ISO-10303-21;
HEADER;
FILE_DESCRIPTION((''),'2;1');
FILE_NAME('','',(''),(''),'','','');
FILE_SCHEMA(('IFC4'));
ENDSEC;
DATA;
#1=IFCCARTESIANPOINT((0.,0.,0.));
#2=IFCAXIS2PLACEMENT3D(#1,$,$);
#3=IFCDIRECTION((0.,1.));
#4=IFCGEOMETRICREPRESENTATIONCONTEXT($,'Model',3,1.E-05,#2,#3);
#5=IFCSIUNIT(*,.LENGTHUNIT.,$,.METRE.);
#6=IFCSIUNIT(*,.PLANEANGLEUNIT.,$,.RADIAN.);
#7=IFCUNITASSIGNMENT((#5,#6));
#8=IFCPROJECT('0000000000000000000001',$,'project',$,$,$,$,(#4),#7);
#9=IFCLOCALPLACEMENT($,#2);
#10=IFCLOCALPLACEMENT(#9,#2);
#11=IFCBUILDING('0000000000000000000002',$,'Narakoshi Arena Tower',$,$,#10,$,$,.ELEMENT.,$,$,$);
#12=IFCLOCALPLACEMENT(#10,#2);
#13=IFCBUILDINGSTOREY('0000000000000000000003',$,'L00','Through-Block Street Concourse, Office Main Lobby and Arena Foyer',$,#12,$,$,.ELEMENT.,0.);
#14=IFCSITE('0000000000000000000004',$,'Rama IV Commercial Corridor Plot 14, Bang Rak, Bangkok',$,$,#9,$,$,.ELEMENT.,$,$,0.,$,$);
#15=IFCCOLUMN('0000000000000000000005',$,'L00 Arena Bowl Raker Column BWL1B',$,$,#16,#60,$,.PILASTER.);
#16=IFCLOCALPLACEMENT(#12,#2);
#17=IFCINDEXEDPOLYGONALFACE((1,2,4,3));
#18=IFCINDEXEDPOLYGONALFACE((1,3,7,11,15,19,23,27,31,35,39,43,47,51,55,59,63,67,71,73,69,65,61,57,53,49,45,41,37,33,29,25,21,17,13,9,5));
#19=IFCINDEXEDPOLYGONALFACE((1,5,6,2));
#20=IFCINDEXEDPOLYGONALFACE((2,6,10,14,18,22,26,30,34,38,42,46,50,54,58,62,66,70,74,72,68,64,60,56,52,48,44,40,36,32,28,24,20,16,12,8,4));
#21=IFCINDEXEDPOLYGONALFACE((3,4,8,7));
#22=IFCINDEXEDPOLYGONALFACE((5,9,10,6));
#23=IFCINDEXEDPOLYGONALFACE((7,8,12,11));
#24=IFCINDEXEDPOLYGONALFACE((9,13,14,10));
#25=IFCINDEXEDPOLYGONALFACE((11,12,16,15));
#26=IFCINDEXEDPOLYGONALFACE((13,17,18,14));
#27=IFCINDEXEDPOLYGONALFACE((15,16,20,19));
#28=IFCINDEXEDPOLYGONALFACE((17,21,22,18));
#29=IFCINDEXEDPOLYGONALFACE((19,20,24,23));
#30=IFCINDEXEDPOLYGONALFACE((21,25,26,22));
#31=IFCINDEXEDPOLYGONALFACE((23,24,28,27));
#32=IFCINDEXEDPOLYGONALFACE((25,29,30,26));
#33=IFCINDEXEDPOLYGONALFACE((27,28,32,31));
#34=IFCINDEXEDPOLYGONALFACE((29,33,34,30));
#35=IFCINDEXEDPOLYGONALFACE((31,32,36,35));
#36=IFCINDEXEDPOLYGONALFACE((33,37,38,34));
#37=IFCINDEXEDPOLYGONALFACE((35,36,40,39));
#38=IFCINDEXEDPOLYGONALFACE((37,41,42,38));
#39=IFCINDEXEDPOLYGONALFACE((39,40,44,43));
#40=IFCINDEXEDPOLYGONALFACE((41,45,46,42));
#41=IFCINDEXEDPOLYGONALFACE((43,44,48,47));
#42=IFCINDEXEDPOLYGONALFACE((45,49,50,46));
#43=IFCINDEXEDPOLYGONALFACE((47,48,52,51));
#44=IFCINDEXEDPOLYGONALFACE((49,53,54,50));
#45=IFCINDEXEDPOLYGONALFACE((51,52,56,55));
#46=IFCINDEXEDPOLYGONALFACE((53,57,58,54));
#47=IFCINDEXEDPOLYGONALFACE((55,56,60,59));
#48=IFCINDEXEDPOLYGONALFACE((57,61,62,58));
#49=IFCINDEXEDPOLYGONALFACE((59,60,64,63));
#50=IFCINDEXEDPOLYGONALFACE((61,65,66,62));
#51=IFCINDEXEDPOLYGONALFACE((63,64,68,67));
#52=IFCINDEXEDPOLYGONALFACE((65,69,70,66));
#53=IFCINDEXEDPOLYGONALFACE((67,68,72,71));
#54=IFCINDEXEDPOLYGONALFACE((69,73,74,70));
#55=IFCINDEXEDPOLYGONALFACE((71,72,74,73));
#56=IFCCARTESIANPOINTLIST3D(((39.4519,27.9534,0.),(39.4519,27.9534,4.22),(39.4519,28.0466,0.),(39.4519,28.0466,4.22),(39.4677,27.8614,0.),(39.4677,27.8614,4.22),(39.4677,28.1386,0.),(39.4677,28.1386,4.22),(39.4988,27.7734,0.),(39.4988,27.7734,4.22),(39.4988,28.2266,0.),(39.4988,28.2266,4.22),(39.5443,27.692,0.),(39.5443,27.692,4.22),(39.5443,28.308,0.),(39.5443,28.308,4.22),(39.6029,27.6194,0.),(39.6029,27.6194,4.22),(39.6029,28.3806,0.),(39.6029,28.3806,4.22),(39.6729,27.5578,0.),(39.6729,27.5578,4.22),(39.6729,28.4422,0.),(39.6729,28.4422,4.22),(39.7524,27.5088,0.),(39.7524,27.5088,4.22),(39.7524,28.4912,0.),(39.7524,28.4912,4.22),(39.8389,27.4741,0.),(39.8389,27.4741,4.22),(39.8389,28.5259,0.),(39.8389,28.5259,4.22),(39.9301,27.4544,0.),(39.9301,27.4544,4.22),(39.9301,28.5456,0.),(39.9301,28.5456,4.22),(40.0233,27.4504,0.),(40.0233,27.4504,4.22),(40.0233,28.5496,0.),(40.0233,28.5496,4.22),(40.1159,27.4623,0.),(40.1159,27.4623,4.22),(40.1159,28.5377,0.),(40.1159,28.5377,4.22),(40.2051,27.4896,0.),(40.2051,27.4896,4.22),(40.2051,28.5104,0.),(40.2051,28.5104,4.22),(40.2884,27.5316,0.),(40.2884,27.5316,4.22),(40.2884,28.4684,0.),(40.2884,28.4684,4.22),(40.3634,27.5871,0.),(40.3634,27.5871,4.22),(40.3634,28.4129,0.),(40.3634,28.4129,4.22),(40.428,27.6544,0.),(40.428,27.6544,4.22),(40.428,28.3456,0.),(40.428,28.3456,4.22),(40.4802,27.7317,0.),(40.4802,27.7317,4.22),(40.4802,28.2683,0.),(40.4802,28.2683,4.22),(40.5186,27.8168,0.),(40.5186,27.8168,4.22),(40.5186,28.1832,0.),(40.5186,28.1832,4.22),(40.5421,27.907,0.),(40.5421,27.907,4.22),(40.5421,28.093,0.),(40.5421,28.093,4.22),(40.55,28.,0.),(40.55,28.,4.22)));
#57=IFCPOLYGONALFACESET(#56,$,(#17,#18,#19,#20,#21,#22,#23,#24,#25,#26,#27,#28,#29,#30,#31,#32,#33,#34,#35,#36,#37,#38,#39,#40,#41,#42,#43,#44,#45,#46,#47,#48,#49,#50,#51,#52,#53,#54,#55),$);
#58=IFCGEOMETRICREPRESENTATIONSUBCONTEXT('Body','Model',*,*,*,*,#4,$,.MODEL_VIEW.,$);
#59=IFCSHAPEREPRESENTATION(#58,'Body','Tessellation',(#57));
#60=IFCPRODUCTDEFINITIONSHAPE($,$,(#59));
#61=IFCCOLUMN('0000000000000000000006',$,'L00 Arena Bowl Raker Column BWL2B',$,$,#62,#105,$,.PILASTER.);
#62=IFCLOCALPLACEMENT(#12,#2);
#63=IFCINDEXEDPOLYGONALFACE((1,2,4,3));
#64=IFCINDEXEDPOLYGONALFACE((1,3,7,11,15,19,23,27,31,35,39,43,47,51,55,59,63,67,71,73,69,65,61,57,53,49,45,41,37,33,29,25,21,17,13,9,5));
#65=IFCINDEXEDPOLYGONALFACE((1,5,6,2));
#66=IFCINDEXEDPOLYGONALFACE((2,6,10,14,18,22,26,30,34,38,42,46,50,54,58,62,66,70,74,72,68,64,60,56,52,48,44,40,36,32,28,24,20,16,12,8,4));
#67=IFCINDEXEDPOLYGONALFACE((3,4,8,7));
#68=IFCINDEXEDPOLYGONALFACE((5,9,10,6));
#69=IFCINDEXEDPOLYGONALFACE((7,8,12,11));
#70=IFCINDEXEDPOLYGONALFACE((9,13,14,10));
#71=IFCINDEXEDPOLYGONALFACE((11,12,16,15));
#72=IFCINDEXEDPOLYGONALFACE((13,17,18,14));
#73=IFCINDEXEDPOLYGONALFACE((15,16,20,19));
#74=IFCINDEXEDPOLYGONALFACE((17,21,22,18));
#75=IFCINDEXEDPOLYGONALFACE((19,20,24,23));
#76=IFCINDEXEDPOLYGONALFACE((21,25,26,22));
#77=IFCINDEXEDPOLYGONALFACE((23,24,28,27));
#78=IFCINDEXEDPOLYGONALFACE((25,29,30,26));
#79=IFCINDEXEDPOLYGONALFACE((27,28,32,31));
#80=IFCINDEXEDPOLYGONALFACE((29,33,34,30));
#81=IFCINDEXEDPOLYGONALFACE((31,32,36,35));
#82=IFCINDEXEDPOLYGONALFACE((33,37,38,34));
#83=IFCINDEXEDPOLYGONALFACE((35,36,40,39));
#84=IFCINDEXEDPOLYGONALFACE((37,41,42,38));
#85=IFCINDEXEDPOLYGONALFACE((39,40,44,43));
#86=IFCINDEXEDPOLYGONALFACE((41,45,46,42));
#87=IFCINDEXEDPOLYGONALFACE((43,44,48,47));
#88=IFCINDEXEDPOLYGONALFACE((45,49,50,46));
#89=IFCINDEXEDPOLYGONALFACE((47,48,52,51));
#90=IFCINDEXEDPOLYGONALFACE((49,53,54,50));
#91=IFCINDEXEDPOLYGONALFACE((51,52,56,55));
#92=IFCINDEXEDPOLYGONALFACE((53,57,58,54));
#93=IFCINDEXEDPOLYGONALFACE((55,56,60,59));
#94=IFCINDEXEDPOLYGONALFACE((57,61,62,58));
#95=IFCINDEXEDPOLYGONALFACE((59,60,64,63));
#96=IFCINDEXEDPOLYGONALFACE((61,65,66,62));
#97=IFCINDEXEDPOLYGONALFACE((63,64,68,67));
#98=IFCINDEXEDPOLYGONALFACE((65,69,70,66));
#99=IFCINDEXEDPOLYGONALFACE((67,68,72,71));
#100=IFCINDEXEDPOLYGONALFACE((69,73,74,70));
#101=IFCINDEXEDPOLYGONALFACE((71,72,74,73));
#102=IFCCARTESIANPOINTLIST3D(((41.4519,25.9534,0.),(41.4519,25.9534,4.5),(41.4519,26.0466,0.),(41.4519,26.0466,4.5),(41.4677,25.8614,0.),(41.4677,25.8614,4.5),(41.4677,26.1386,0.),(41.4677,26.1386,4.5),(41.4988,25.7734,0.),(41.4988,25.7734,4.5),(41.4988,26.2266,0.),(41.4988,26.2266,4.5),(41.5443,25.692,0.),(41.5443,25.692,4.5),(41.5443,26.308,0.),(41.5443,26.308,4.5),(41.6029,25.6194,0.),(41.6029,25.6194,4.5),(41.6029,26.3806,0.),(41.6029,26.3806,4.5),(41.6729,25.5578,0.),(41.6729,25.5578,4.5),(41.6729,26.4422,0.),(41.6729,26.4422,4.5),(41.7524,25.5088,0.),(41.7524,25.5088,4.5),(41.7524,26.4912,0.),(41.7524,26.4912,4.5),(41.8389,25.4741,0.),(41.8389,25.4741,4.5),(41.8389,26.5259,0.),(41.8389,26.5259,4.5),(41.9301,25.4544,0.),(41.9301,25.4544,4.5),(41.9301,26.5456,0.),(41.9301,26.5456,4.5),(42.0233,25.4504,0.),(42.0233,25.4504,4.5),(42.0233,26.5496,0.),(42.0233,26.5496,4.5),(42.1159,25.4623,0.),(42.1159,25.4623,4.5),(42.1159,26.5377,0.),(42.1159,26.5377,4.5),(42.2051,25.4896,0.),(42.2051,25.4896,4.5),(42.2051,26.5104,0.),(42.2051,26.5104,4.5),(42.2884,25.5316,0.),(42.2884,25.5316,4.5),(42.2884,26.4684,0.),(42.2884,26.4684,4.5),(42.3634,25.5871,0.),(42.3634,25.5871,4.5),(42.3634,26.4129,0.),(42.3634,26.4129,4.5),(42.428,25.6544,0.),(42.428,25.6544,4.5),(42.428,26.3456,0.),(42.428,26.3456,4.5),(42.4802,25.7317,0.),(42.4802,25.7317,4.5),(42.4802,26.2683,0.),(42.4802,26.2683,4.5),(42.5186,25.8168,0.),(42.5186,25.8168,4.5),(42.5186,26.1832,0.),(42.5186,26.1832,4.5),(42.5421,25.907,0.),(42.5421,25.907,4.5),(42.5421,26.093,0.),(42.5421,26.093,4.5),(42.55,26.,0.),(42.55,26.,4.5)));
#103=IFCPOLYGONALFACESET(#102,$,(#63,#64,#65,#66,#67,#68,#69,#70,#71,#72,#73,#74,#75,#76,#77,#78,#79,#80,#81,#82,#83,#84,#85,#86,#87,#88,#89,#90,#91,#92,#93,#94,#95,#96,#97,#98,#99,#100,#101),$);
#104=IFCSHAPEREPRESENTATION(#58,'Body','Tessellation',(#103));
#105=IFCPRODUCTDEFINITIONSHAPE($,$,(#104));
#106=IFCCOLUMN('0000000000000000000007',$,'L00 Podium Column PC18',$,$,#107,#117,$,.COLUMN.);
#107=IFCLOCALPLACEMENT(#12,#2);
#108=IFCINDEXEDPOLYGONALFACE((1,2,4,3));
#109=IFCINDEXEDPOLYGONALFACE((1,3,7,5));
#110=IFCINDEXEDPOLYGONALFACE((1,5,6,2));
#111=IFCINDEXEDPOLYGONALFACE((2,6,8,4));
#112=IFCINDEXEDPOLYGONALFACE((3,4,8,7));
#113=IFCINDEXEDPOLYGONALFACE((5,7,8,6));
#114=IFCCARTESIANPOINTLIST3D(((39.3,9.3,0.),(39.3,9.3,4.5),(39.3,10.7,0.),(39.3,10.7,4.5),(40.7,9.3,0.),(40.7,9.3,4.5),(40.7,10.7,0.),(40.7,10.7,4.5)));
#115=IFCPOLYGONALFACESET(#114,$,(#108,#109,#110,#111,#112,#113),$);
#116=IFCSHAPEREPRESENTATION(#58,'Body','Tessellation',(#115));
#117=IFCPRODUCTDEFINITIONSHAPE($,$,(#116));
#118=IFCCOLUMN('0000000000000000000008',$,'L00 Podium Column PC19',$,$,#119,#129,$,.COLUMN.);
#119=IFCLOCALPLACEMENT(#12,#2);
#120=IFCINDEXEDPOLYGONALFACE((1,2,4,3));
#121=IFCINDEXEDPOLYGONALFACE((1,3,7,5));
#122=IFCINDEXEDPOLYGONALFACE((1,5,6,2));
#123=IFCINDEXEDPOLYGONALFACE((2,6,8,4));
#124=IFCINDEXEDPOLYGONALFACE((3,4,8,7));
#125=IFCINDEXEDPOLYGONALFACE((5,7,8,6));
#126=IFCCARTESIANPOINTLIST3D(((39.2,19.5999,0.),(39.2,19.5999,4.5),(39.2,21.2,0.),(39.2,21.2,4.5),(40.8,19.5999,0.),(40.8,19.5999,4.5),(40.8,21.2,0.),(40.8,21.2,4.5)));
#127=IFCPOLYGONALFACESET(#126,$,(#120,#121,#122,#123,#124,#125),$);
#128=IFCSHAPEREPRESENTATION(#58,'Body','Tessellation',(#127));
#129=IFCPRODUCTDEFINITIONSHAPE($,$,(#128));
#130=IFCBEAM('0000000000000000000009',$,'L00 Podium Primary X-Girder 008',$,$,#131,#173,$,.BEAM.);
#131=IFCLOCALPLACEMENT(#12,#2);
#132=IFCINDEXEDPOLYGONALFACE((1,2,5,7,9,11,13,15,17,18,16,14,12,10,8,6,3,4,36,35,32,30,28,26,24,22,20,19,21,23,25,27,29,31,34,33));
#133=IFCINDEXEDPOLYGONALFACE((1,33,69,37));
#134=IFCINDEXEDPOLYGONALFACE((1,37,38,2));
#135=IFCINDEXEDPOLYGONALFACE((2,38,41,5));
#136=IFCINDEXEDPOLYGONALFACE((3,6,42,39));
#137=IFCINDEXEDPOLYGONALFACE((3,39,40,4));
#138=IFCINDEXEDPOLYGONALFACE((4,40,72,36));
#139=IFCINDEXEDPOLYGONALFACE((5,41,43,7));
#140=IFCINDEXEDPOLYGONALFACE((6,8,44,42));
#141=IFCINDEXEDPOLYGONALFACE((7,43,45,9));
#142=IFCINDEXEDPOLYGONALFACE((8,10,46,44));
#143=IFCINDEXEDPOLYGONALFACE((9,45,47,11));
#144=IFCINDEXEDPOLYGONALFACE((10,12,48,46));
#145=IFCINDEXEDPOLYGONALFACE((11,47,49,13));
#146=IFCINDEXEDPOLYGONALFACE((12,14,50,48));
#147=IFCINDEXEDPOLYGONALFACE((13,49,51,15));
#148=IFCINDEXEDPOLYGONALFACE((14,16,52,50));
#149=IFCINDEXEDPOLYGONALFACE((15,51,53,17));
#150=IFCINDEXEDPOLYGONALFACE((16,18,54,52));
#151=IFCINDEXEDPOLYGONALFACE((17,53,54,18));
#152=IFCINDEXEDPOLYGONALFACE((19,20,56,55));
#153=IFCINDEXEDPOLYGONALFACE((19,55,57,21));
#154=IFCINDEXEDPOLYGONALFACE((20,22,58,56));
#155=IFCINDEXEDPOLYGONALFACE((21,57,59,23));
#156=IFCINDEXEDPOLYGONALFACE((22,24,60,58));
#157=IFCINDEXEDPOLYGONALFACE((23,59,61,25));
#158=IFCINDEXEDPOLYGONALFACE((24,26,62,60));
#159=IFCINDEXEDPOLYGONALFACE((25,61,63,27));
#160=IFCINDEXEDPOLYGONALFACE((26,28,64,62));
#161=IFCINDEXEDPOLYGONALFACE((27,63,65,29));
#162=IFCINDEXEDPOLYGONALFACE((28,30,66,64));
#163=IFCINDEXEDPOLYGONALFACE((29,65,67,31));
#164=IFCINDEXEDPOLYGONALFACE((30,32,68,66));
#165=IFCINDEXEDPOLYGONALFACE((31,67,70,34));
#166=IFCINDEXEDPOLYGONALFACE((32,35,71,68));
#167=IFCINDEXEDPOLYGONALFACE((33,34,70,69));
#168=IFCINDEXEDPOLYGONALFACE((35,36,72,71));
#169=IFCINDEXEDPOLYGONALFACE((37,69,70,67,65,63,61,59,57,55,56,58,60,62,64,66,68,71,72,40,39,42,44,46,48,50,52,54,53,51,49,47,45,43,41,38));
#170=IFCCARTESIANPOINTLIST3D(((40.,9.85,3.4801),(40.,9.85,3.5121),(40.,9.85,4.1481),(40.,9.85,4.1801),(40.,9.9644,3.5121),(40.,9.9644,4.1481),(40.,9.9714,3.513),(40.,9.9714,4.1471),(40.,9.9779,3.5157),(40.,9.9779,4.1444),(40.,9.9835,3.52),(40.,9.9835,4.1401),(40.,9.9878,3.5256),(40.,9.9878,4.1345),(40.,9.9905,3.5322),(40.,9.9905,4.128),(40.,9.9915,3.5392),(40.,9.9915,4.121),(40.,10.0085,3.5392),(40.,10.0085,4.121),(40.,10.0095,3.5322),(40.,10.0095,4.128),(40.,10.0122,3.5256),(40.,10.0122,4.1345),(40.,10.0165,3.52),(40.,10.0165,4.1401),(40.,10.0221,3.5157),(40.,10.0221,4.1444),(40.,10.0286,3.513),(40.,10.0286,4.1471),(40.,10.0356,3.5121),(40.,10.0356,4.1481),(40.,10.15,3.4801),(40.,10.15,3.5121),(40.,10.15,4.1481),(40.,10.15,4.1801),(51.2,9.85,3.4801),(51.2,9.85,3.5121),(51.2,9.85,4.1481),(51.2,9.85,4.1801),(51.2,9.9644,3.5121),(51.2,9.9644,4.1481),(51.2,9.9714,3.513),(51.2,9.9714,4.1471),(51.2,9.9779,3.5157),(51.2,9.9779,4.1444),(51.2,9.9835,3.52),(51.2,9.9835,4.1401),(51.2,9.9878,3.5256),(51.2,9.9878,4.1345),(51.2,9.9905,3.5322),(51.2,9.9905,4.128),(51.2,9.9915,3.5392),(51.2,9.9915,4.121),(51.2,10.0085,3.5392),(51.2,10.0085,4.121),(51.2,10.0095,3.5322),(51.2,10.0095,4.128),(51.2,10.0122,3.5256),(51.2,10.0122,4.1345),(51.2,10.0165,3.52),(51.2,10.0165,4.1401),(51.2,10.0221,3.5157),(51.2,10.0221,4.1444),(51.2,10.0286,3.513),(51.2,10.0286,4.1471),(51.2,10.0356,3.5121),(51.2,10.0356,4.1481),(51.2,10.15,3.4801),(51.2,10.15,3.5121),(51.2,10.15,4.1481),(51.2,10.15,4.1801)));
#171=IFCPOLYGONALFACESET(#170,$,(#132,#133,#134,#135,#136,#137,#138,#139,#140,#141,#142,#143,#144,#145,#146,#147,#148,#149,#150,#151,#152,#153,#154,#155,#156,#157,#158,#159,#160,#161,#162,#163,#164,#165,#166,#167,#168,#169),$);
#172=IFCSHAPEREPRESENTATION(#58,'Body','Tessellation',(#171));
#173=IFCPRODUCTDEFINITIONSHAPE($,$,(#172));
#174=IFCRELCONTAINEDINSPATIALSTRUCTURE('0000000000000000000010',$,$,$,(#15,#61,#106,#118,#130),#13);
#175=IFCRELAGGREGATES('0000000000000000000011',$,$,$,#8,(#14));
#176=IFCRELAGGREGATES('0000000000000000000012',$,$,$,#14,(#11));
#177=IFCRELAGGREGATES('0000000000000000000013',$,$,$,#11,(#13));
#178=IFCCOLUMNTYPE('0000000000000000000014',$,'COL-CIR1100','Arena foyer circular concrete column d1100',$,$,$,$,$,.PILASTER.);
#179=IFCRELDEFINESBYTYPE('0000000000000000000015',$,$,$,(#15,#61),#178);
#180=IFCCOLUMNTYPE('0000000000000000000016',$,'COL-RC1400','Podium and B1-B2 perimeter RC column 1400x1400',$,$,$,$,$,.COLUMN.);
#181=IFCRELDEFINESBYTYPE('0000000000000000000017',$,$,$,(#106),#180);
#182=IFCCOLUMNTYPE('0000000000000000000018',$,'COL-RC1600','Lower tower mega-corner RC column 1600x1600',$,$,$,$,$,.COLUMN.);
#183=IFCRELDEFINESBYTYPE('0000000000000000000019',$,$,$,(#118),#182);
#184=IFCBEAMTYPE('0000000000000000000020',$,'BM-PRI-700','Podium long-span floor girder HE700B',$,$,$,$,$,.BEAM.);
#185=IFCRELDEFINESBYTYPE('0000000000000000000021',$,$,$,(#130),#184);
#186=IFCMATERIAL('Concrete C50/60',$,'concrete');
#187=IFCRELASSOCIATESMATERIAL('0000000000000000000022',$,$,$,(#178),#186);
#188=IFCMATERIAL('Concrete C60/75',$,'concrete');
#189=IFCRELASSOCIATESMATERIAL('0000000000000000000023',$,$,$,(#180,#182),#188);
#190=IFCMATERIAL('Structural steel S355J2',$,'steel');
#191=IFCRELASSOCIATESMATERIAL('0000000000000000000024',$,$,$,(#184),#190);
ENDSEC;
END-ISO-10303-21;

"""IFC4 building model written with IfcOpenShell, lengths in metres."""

from ifc_helpers import new_model, si_unit, direction, frame, origin, origin_2d, place, context, subcontext, project, spatial, rectangle, circle, i_section, extrude, material, material_profile, profile_set, type_object, element, save


model = new_model("IFC4")

# Units and contexts
model_context = context("Model", 3, precision=1e-05, world=origin(), true_north=direction((0.0, 1.0)))
body_context = subcontext(model_context, "Body", "Model", "MODEL_VIEW")
ifc_project = project(units=[si_unit("LENGTHUNIT", "METRE"), si_unit("PLANEANGLEUNIT", "RADIAN")], contexts=[model_context])

# Site, building, storey
site_placement = place(None, origin())
site = spatial("IfcSite", under=ifc_project, at=site_placement, Name="Rama IV Commercial Corridor Plot 14, Bang Rak, Bangkok", CompositionType="ELEMENT", RefElevation=0.0)
building_placement = place(site_placement, origin())
building = spatial("IfcBuilding", under=site, at=building_placement, Name="Narakoshi Arena Tower", CompositionType="ELEMENT")
storey_placement = place(building_placement, origin())
storey = spatial("IfcBuildingStorey", under=building, at=storey_placement, Name="L00", Description="Through-Block Street Concourse, Office Main Lobby and Arena Foyer", CompositionType="ELEMENT", Elevation=0.0)

# Columns
ifc_material_1 = material(Name="Concrete C50/60", Category="concrete")
ifc_material_profile_1 = material_profile(ifc_material_1, circle(Radius=0.55, at=origin_2d()), Name="RCC1100")
ifc_profile_set_1 = profile_set([ifc_material_profile_1], Name="Concrete C50/60")
column_type_1 = type_object("IfcColumnType", Name="COL-CIR1100", Description="Arena foyer circular concrete column d1100", PredefinedType="PILASTER", material=ifc_profile_set_1)
column_1_placement = place(storey_placement, frame((40.0, 28.0, 0.0), z_axis=(0.0, 0.0, 1.0), x_axis=(1.0, 0.0, 0.0)))
element("IfcColumn", 1, at=column_1_placement, inside=storey, type_object=column_type_1, Name="L00 Arena Bowl Raker Column BWL1B", PredefinedType="PILASTER", context=body_context, shape_type="SweptSolid", body=[
    extrude(circle(Radius=0.55, at=origin_2d()), origin(), (0.0, 0.0, 1.0), 4.22),
])
column_2_placement = place(storey_placement, frame((42.0, 26.0, 0.0), z_axis=(0.0, 0.0, 1.0), x_axis=(1.0, 0.0, 0.0)))
element("IfcColumn", 2, at=column_2_placement, inside=storey, type_object=column_type_1, Name="L00 Arena Bowl Raker Column BWL2B", PredefinedType="PILASTER", context=body_context, shape_type="SweptSolid", body=[
    extrude(circle(Radius=0.55, at=origin_2d()), origin(), (0.0, 0.0, 1.0), 4.5),
])
ifc_material_2 = material(Name="Concrete C60/75", Category="concrete")
ifc_material_profile_2 = material_profile(ifc_material_2, rectangle(XDim=1.3999, YDim=1.3999, at=origin_2d()), Name="RC1400x1400")
ifc_profile_set_2 = profile_set([ifc_material_profile_2], Name="Concrete C60/75")
column_type_2 = type_object("IfcColumnType", Name="COL-RC1400", Description="Podium and B1-B2 perimeter RC column 1400x1400", PredefinedType="COLUMN", material=ifc_profile_set_2)
column_3_placement = place(storey_placement, frame((40.0, 10.0, 0.0), z_axis=(0.0, 0.0, 1.0), x_axis=(1.0, 0.0, 0.0)))
element("IfcColumn", 3, at=column_3_placement, inside=storey, type_object=column_type_2, Name="L00 Podium Column PC18", PredefinedType="COLUMN", context=body_context, shape_type="SweptSolid", body=[
    extrude(rectangle(XDim=1.3999, YDim=1.3999, at=origin_2d()), origin(), (0.0, 0.0, 1.0), 4.5),
])
ifc_material_profile_3 = material_profile(ifc_material_2, rectangle(XDim=1.6001, YDim=1.6001, at=origin_2d()), Name="RC1600x1600")
ifc_profile_set_3 = profile_set([ifc_material_profile_3], Name="Concrete C60/75")
column_type_3 = type_object("IfcColumnType", Name="COL-RC1600", Description="Lower tower mega-corner RC column 1600x1600", PredefinedType="COLUMN", material=ifc_profile_set_3)
column_4_placement = place(storey_placement, frame((40.0, 20.3999, 0.0), z_axis=(0.0, 0.0, 1.0), x_axis=(1.0, 0.0, 0.0)))
element("IfcColumn", 4, at=column_4_placement, inside=storey, type_object=column_type_3, Name="L00 Podium Column PC19", PredefinedType="COLUMN", context=body_context, shape_type="SweptSolid", body=[
    extrude(rectangle(XDim=1.6001, YDim=1.6001, at=origin_2d()), origin(), (0.0, 0.0, 1.0), 4.5),
])

# Beam
ifc_material_3 = material(Name="Structural steel S355J2", Category="steel")
ifc_material_profile_4 = material_profile(ifc_material_3, i_section(OverallWidth=0.3, OverallDepth=0.7, WebThickness=0.0171, FlangeThickness=0.032, FilletRadius=0.0271, at=origin_2d()), Name="HE700B")
ifc_profile_set_4 = profile_set([ifc_material_profile_4], Name="Structural steel S355J2")
beam_type_1 = type_object("IfcBeamType", Name="BM-PRI-700", Description="Podium long-span floor girder HE700B", PredefinedType="BEAM", material=ifc_profile_set_4)
for number, where, z_axis, x_axis, name in (
    (5, (40.0, 10.0, 3.8301), (1.0, 0.0, 0.0), (0.0, 1.0, 0.0), "L00 Podium Primary X-Girder 008"),
):
    element("IfcBeam", number, at=place(storey_placement, frame(where, z_axis=z_axis, x_axis=x_axis)), inside=storey, type_object=beam_type_1, Name=name, PredefinedType="BEAM", context=body_context, shape_type="SweptSolid", body=[
        extrude(i_section(OverallWidth=0.3, OverallDepth=0.7, WebThickness=0.0171, FlangeThickness=0.032, FilletRadius=0.0271, at=origin_2d()), origin(), (0.0, 0.0, 1.0), 11.2),
    ])

save(model, "model.ifc")
